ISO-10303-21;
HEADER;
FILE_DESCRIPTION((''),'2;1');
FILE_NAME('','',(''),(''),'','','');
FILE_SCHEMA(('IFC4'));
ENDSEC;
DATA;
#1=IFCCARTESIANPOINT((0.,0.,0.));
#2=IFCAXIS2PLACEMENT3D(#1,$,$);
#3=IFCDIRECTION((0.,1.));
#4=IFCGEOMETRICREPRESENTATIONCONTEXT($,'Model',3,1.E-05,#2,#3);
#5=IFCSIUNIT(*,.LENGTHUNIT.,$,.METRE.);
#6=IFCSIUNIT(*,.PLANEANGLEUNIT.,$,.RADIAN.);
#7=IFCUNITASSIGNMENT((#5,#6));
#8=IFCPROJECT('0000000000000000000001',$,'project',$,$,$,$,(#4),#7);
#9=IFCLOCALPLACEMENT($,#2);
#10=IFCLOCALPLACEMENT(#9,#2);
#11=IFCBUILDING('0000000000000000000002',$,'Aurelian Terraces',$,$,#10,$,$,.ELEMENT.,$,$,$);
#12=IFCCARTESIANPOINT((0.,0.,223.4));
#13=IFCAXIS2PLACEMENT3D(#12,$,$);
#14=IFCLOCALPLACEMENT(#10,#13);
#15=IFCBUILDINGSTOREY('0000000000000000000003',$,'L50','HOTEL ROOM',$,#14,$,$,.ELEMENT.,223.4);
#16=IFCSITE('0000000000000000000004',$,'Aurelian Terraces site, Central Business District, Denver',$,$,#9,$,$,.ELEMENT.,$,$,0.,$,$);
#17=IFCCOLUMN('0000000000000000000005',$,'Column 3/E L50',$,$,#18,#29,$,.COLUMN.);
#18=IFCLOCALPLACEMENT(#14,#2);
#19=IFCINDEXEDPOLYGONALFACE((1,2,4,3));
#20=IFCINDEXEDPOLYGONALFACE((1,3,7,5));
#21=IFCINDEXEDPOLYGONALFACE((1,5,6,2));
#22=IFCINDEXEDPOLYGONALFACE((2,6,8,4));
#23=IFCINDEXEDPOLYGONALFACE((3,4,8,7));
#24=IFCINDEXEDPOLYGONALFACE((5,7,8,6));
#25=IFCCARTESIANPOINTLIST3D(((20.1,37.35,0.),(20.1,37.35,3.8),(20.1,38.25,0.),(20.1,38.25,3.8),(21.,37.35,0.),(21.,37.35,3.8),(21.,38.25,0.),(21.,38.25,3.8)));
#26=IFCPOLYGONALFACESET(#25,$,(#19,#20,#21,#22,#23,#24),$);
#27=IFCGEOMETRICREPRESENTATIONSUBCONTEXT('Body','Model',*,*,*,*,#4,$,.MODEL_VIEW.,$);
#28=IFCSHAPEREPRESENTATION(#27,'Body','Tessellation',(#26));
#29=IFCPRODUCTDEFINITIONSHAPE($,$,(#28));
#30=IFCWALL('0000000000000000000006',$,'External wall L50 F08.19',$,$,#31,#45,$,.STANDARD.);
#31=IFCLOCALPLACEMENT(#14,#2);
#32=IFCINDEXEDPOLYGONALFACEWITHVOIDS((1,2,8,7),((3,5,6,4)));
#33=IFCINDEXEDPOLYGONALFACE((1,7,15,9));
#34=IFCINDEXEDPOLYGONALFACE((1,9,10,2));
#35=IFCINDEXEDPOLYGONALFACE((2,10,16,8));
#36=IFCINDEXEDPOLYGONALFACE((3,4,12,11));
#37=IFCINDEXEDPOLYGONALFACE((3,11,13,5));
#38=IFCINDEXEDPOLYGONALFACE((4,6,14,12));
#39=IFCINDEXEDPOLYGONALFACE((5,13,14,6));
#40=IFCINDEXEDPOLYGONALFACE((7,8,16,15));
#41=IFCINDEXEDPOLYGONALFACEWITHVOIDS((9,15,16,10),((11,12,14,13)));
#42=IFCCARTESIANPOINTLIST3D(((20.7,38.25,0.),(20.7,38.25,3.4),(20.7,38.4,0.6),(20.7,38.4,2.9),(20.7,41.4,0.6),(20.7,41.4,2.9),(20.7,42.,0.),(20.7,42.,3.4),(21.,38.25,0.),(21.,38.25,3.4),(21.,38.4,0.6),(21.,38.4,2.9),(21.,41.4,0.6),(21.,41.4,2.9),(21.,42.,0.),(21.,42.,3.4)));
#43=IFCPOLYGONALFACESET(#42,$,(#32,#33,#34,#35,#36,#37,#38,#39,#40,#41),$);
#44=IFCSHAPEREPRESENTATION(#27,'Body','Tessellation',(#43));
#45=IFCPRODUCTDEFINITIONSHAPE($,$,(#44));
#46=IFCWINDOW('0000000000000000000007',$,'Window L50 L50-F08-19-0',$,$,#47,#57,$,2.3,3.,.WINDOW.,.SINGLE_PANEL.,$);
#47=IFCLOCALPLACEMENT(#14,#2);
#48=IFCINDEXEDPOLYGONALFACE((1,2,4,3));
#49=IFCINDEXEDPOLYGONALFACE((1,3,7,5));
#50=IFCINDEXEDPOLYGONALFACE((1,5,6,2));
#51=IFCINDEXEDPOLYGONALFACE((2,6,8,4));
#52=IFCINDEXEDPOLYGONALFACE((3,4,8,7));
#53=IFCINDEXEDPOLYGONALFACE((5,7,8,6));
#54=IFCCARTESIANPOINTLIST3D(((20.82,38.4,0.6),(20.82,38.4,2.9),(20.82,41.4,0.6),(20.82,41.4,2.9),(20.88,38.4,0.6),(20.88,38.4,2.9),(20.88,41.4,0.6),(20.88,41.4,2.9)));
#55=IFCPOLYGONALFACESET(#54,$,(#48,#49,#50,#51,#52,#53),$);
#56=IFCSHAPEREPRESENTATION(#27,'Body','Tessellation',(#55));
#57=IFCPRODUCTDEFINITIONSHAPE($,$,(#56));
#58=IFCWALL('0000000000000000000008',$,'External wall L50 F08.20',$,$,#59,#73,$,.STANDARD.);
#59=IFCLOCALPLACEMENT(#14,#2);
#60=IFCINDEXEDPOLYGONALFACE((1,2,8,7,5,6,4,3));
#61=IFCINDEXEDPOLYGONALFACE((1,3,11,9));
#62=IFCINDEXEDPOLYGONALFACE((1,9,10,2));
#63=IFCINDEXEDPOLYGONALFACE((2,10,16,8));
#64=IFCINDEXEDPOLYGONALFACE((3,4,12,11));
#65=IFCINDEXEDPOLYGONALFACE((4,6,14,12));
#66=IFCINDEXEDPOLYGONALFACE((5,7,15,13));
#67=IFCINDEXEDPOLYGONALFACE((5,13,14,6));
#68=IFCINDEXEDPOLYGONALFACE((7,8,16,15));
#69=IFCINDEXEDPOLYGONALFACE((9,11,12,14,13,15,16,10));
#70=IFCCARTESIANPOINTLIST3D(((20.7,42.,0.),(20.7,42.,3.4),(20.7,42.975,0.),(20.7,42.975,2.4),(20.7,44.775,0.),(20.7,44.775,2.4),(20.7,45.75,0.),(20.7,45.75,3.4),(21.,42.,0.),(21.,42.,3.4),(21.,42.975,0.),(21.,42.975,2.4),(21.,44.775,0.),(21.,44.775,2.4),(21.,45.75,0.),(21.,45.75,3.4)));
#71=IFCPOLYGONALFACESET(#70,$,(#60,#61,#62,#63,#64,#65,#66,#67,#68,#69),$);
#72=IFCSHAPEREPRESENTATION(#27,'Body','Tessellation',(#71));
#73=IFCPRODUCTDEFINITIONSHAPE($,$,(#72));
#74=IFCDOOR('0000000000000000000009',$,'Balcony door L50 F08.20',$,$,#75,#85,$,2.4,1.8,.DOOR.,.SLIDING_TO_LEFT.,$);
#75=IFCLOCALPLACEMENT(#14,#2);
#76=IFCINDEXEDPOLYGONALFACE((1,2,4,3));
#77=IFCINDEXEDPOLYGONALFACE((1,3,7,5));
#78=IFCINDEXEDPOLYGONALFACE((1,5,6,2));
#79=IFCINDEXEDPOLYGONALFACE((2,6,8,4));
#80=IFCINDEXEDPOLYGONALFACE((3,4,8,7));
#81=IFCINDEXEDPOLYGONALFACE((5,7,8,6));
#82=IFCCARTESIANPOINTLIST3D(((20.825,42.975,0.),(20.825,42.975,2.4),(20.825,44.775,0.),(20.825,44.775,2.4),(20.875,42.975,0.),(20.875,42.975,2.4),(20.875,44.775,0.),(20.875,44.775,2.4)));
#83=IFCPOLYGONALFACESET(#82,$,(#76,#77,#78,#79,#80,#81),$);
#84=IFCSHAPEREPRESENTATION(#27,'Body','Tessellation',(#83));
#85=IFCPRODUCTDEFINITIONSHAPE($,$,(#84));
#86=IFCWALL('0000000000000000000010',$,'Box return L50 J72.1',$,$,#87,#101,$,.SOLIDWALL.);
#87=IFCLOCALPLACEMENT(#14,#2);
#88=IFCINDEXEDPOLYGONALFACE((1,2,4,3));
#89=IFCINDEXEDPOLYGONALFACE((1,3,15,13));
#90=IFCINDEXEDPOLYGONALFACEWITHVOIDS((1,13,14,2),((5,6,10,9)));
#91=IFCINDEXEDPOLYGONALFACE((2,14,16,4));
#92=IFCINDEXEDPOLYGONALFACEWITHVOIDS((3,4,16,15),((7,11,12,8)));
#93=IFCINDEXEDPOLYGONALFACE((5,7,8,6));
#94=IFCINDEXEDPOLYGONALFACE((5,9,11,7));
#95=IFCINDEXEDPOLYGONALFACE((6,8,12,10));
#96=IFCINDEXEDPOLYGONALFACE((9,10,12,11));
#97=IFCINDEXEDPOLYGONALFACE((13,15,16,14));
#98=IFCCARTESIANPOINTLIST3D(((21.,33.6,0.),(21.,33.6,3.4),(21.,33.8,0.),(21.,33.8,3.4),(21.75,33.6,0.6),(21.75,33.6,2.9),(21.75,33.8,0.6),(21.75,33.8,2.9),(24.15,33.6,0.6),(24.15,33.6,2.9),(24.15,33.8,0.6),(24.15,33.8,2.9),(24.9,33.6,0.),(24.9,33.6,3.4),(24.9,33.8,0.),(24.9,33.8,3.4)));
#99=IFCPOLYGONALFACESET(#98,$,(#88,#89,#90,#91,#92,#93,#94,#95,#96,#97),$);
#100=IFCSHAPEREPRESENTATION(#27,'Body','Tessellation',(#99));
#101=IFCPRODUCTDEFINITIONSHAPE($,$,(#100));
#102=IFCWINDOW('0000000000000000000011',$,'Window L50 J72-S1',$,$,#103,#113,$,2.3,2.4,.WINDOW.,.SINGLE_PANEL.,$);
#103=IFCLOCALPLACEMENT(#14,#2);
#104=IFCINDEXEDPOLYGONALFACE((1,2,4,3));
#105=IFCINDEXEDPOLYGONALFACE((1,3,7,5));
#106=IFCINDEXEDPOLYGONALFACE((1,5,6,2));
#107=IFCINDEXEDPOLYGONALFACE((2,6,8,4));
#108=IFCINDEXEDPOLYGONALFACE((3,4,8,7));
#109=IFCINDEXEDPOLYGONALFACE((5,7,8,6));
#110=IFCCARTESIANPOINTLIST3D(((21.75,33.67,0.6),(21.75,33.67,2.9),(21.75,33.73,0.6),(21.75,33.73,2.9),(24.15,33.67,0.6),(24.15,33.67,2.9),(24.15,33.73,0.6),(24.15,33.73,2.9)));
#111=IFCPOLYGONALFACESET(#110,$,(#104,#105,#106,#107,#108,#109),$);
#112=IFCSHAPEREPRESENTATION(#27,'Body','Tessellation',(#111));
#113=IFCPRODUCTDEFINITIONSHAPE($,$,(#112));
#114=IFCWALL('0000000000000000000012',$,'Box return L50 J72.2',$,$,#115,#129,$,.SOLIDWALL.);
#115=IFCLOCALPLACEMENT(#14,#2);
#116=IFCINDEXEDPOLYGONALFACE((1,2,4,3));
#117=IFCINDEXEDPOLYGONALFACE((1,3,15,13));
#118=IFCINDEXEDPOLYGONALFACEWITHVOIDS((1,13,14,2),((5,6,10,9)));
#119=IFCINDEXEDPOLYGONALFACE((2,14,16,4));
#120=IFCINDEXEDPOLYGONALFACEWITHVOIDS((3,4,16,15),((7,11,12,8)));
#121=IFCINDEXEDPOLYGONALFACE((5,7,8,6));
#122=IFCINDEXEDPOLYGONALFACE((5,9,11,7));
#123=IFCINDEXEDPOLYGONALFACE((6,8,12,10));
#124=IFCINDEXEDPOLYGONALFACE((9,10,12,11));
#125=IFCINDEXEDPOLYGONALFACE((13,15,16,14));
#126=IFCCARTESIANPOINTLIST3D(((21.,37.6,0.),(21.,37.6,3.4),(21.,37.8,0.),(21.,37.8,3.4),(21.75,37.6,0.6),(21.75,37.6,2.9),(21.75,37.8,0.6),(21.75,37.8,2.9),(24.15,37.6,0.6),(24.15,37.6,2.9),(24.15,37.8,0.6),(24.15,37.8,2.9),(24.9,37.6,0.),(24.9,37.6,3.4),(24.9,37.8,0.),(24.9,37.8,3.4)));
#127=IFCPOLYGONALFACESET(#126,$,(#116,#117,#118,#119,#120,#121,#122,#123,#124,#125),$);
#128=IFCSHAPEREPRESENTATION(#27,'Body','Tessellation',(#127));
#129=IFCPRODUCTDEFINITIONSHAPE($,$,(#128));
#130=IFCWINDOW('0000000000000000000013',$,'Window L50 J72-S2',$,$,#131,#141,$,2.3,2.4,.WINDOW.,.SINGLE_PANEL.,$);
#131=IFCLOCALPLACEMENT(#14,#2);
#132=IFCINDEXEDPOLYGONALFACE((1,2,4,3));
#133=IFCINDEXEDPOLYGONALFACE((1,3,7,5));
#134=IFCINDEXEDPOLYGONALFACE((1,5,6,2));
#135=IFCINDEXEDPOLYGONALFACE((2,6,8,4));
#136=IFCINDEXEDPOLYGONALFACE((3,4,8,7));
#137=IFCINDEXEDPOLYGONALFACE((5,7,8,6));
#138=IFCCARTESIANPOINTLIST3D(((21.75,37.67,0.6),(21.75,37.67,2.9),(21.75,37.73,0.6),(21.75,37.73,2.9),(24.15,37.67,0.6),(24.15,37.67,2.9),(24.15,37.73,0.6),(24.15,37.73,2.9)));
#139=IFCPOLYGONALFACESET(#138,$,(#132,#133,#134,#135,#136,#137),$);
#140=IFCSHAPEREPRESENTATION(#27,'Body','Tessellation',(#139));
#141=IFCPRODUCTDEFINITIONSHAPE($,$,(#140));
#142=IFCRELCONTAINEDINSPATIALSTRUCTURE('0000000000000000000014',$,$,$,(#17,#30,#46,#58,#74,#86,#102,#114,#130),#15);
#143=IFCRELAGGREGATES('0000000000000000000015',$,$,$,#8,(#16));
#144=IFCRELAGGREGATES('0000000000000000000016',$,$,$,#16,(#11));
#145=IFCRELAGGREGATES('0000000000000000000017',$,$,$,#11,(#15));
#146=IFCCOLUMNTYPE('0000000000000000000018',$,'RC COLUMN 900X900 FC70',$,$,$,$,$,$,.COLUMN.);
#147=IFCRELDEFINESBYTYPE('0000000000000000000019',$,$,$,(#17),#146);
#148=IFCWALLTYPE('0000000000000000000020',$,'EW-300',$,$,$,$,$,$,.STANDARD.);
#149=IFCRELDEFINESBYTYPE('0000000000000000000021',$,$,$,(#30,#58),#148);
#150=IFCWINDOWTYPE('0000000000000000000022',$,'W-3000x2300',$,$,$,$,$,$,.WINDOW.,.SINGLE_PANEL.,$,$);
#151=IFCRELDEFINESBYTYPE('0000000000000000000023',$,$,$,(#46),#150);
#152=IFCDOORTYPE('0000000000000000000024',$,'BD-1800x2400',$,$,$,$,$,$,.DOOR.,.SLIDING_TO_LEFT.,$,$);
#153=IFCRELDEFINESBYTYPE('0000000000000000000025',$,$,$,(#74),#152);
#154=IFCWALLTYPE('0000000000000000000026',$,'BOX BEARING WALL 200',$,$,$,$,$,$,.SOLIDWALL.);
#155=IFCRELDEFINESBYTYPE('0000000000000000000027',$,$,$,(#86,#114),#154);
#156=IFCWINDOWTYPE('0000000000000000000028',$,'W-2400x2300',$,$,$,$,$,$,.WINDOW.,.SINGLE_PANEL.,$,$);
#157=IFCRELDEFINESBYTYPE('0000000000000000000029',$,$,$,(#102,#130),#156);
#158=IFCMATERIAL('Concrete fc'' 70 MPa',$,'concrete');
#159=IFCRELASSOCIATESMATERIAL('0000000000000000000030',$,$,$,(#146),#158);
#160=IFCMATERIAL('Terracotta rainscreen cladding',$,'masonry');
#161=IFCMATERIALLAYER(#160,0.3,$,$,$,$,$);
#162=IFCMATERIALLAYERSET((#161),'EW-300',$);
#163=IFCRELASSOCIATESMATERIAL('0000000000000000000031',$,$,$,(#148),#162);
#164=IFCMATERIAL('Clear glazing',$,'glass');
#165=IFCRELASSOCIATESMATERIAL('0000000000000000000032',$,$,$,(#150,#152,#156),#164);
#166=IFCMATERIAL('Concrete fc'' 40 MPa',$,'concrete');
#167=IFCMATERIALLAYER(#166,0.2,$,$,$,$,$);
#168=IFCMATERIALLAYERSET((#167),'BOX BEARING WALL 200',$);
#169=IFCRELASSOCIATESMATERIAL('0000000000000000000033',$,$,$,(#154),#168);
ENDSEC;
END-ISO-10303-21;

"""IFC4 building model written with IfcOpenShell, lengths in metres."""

from ifc_helpers import new_model, si_unit, direction, frame, frame_2d, origin, origin_2d, place, context, subcontext, project, spatial, rectangle, extrude, source, transform, mapped, material, layer, layer_set, material_profile, profile_set, type_object, element, fill, save


model = new_model("IFC4")

# Units and contexts
model_context = context("Model", 3, precision=1e-05, world=origin(), true_north=direction((0.0, 1.0)))
body_context = subcontext(model_context, "Body", "Model", "MODEL_VIEW")
ifc_project = project(units=[si_unit("LENGTHUNIT", "METRE"), si_unit("PLANEANGLEUNIT", "RADIAN")], contexts=[model_context])

# Site, building, storey
site_placement = place(None, origin())
site = spatial("IfcSite", under=ifc_project, at=site_placement, Name="Aurelian Terraces site, Central Business District, Denver", CompositionType="ELEMENT", RefElevation=0.0)
building_placement = place(site_placement, origin())
building = spatial("IfcBuilding", under=site, at=building_placement, Name="Aurelian Terraces", CompositionType="ELEMENT")
storey_placement = place(building_placement, frame((0.0, 0.0, 223.4)))
storey = spatial("IfcBuildingStorey", under=building, at=storey_placement, Name="L50", Description="HOTEL ROOM", CompositionType="ELEMENT", Elevation=223.4)

# Column
ifc_material_1 = material(Name="Concrete fc' 70 MPa", Category="concrete")
ifc_material_profile = material_profile(ifc_material_1, rectangle(XDim=0.9, YDim=0.9, at=origin_2d()))
ifc_profile_set = profile_set([ifc_material_profile], Name="Concrete fc' 70 MPa")
column_type = type_object("IfcColumnType", Name="RC COLUMN 900X900 FC70", PredefinedType="COLUMN", material=ifc_profile_set)
shared_shape_1 = source(origin(), body_context, "Body", "SweptSolid", [
    extrude(rectangle(XDim=0.9, YDim=0.9, at=origin_2d()), origin(), (0.0, 0.0, 1.0), 3.8),
])
column_placement = place(storey_placement, frame((20.55, 37.8, 0.0), z_axis=(0.0, 0.0, 1.0), x_axis=(1.0, 0.0, 0.0)))
element("IfcColumn", 1, at=column_placement, inside=storey, type_object=column_type, Name="Column 3/E L50", PredefinedType="COLUMN", context=body_context, shape_type="MappedRepresentation", body=[
    mapped(shared_shape_1, transform((0.0, 0.0, 0.0), scale=1.0)),
])

# Wall, opening, window
ifc_material_2 = material(Name="Terracotta rainscreen cladding", Category="masonry")
ifc_layer_1 = layer(ifc_material_2, 0.3)
ifc_layer_set_1 = layer_set([ifc_layer_1], Name="EW-300")
wall_type_1 = type_object("IfcWallType", Name="EW-300", PredefinedType="STANDARD", material=ifc_layer_set_1)
shared_shape_2 = source(origin(), body_context, "Body", "SweptSolid", [
    extrude(rectangle(XDim=3.75, YDim=0.3, at=frame_2d((1.875, 0.0))), origin(), (0.0, 0.0, 1.0), 3.4),
])
wall_1_placement = place(storey_placement, frame((20.85, 38.25, 0.0), z_axis=(0.0, 0.0, 1.0), x_axis=(0.0, 1.0, 0.0)))
wall_1 = element("IfcWall", 2, at=wall_1_placement, inside=storey, type_object=wall_type_1, Name="External wall L50 F08.19", PredefinedType="STANDARD", context=body_context, shape_type="MappedRepresentation", body=[
    mapped(shared_shape_2, transform((0.0, 0.0, 0.0), scale=1.0)),
])
shared_shape_3 = source(origin(), body_context, "Body", "SweptSolid", [
    extrude(rectangle(XDim=3.0, YDim=2.3, at=frame_2d((1.5, 1.15))), frame((0.0, 0.16, 0.0), z_axis=(0.0, -1.0, 0.0), x_axis=(1.0, 0.0, 0.0)), (0.0, 0.0, 1.0), 0.32),
])
opening_1_placement = place(wall_1_placement, frame((0.15, 0.0, 0.6)))
opening_1 = element("IfcOpeningElement", 3, at=opening_1_placement, cuts=wall_1, PredefinedType="OPENING", context=body_context, shape_type="MappedRepresentation", body=[
    mapped(shared_shape_3, transform((0.0, 0.0, 0.0), scale=1.0)),
])
ifc_material_3 = material(Name="Clear glazing", Category="glass")
window_type_1 = type_object("IfcWindowType", Name="W-3000x2300", PartitioningType="SINGLE_PANEL", PredefinedType="WINDOW", material=ifc_material_3)
shared_shape_4 = source(origin(), body_context, "Body", "SweptSolid", [
    extrude(rectangle(XDim=3.0, YDim=2.3, at=frame_2d((1.5, 1.15))), frame((0.0, 0.03, 0.0), z_axis=(0.0, -1.0, 0.0), x_axis=(1.0, 0.0, 0.0)), (0.0, 0.0, 1.0), 0.06),
])
window_1_placement = place(opening_1_placement, origin())
window_1 = element("IfcWindow", 4, at=window_1_placement, inside=storey, type_object=window_type_1, Name="Window L50 L50-F08-19-0", OverallHeight=2.3, OverallWidth=3.0, PartitioningType="SINGLE_PANEL", PredefinedType="WINDOW", context=body_context, shape_type="MappedRepresentation", body=[
    mapped(shared_shape_4, transform((0.0, 0.0, 0.0), scale=1.0)),
])
fill(opening_1, window_1)

# Wall, opening, door
wall_2_placement = place(storey_placement, frame((20.85, 42.0, 0.0), z_axis=(0.0, 0.0, 1.0), x_axis=(0.0, 1.0, 0.0)))
wall_2 = element("IfcWall", 5, at=wall_2_placement, inside=storey, type_object=wall_type_1, Name="External wall L50 F08.20", PredefinedType="STANDARD", context=body_context, shape_type="MappedRepresentation", body=[
    mapped(shared_shape_2, transform((0.0, 0.0, 0.0), scale=1.0)),
])
shared_shape_5 = source(origin(), body_context, "Body", "SweptSolid", [
    extrude(rectangle(XDim=1.8, YDim=2.4, at=frame_2d((0.9, 1.2))), frame((0.0, 0.16, 0.0), z_axis=(0.0, -1.0, 0.0), x_axis=(1.0, 0.0, 0.0)), (0.0, 0.0, 1.0), 0.32),
])
opening_2_placement = place(wall_2_placement, frame((0.975, 0.0, 0.0)))
opening_2 = element("IfcOpeningElement", 6, at=opening_2_placement, cuts=wall_2, PredefinedType="OPENING", context=body_context, shape_type="MappedRepresentation", body=[
    mapped(shared_shape_5, transform((0.0, 0.0, 0.0), scale=1.0)),
])
door_type_1 = type_object("IfcDoorType", Name="BD-1800x2400", OperationType="SLIDING_TO_LEFT", PredefinedType="DOOR", material=ifc_material_3)
shared_shape_6 = source(origin(), body_context, "Body", "SweptSolid", [
    extrude(rectangle(XDim=1.8, YDim=2.4, at=frame_2d((0.9, 1.2))), frame((0.0, 0.025, 0.0), z_axis=(0.0, -1.0, 0.0), x_axis=(1.0, 0.0, 0.0)), (0.0, 0.0, 1.0), 0.05),
])
door_1_placement = place(opening_2_placement, origin())
door_1 = element("IfcDoor", 7, at=door_1_placement, inside=storey, type_object=door_type_1, Name="Balcony door L50 F08.20", OperationType="SLIDING_TO_LEFT", OverallHeight=2.4, OverallWidth=1.8, PredefinedType="DOOR", context=body_context, shape_type="MappedRepresentation", body=[
    mapped(shared_shape_6, transform((0.0, 0.0, 0.0), scale=1.0)),
])
fill(opening_2, door_1)

# Walls, openings, windows
ifc_material_4 = material(Name="Concrete fc' 40 MPa", Category="concrete")
ifc_layer_2 = layer(ifc_material_4, 0.2)
ifc_layer_set_2 = layer_set([ifc_layer_2], Name="BOX BEARING WALL 200")
wall_type_2 = type_object("IfcWallType", Name="BOX BEARING WALL 200", PredefinedType="SOLIDWALL", material=ifc_layer_set_2)
shared_shape_7 = source(origin(), body_context, "Body", "SweptSolid", [
    extrude(rectangle(XDim=3.9, YDim=0.2, at=frame_2d((1.95, 0.0))), origin(), (0.0, 0.0, 1.0), 3.4),
])
wall_3_placement = place(storey_placement, frame((21.0, 33.7, 0.0), z_axis=(0.0, 0.0, 1.0), x_axis=(1.0, 0.0, 0.0)))
wall_3 = element("IfcWall", 8, at=wall_3_placement, inside=storey, type_object=wall_type_2, Name="Box return L50 J72.1", PredefinedType="SOLIDWALL", context=body_context, shape_type="MappedRepresentation", body=[
    mapped(shared_shape_7, transform((0.0, 0.0, 0.0), scale=1.0)),
])
shared_shape_8 = source(origin(), body_context, "Body", "SweptSolid", [
    extrude(rectangle(XDim=2.4, YDim=2.3, at=frame_2d((1.2, 1.15))), frame((0.0, 0.11, 0.0), z_axis=(0.0, -1.0, 0.0), x_axis=(1.0, 0.0, 0.0)), (0.0, 0.0, 1.0), 0.22),
])
opening_3_placement = place(wall_3_placement, frame((0.75, 0.0, 0.6)))
opening_3 = element("IfcOpeningElement", 9, at=opening_3_placement, cuts=wall_3, PredefinedType="OPENING", context=body_context, shape_type="MappedRepresentation", body=[
    mapped(shared_shape_8, transform((0.0, 0.0, 0.0), scale=1.0)),
])
window_type_2 = type_object("IfcWindowType", Name="W-2400x2300", PartitioningType="SINGLE_PANEL", PredefinedType="WINDOW", material=ifc_material_3)
shared_shape_9 = source(origin(), body_context, "Body", "SweptSolid", [
    extrude(rectangle(XDim=2.4, YDim=2.3, at=frame_2d((1.2, 1.15))), frame((0.0, 0.03, 0.0), z_axis=(0.0, -1.0, 0.0), x_axis=(1.0, 0.0, 0.0)), (0.0, 0.0, 1.0), 0.06),
])
window_2_placement = place(opening_3_placement, origin())
window_2 = element("IfcWindow", 10, at=window_2_placement, inside=storey, type_object=window_type_2, Name="Window L50 J72-S1", OverallHeight=2.3, OverallWidth=2.4, PartitioningType="SINGLE_PANEL", PredefinedType="WINDOW", context=body_context, shape_type="MappedRepresentation", body=[
    mapped(shared_shape_9, transform((0.0, 0.0, 0.0), scale=1.0)),
])
fill(opening_3, window_2)
wall_4_placement = place(storey_placement, frame((21.0, 37.7, 0.0), z_axis=(0.0, 0.0, 1.0), x_axis=(1.0, 0.0, 0.0)))
wall_4 = element("IfcWall", 11, at=wall_4_placement, inside=storey, type_object=wall_type_2, Name="Box return L50 J72.2", PredefinedType="SOLIDWALL", context=body_context, shape_type="MappedRepresentation", body=[
    mapped(shared_shape_7, transform((0.0, 0.0, 0.0), scale=1.0)),
])
opening_4_placement = place(wall_4_placement, frame((0.75, 0.0, 0.6)))
opening_4 = element("IfcOpeningElement", 12, at=opening_4_placement, cuts=wall_4, PredefinedType="OPENING", context=body_context, shape_type="MappedRepresentation", body=[
    mapped(shared_shape_8, transform((0.0, 0.0, 0.0), scale=1.0)),
])
window_3_placement = place(opening_4_placement, origin())
window_3 = element("IfcWindow", 13, at=window_3_placement, inside=storey, type_object=window_type_2, Name="Window L50 J72-S2", OverallHeight=2.3, OverallWidth=2.4, PartitioningType="SINGLE_PANEL", PredefinedType="WINDOW", context=body_context, shape_type="MappedRepresentation", body=[
    mapped(shared_shape_9, transform((0.0, 0.0, 0.0), scale=1.0)),
])
fill(opening_4, window_3)

save(model, "model.ifc")
